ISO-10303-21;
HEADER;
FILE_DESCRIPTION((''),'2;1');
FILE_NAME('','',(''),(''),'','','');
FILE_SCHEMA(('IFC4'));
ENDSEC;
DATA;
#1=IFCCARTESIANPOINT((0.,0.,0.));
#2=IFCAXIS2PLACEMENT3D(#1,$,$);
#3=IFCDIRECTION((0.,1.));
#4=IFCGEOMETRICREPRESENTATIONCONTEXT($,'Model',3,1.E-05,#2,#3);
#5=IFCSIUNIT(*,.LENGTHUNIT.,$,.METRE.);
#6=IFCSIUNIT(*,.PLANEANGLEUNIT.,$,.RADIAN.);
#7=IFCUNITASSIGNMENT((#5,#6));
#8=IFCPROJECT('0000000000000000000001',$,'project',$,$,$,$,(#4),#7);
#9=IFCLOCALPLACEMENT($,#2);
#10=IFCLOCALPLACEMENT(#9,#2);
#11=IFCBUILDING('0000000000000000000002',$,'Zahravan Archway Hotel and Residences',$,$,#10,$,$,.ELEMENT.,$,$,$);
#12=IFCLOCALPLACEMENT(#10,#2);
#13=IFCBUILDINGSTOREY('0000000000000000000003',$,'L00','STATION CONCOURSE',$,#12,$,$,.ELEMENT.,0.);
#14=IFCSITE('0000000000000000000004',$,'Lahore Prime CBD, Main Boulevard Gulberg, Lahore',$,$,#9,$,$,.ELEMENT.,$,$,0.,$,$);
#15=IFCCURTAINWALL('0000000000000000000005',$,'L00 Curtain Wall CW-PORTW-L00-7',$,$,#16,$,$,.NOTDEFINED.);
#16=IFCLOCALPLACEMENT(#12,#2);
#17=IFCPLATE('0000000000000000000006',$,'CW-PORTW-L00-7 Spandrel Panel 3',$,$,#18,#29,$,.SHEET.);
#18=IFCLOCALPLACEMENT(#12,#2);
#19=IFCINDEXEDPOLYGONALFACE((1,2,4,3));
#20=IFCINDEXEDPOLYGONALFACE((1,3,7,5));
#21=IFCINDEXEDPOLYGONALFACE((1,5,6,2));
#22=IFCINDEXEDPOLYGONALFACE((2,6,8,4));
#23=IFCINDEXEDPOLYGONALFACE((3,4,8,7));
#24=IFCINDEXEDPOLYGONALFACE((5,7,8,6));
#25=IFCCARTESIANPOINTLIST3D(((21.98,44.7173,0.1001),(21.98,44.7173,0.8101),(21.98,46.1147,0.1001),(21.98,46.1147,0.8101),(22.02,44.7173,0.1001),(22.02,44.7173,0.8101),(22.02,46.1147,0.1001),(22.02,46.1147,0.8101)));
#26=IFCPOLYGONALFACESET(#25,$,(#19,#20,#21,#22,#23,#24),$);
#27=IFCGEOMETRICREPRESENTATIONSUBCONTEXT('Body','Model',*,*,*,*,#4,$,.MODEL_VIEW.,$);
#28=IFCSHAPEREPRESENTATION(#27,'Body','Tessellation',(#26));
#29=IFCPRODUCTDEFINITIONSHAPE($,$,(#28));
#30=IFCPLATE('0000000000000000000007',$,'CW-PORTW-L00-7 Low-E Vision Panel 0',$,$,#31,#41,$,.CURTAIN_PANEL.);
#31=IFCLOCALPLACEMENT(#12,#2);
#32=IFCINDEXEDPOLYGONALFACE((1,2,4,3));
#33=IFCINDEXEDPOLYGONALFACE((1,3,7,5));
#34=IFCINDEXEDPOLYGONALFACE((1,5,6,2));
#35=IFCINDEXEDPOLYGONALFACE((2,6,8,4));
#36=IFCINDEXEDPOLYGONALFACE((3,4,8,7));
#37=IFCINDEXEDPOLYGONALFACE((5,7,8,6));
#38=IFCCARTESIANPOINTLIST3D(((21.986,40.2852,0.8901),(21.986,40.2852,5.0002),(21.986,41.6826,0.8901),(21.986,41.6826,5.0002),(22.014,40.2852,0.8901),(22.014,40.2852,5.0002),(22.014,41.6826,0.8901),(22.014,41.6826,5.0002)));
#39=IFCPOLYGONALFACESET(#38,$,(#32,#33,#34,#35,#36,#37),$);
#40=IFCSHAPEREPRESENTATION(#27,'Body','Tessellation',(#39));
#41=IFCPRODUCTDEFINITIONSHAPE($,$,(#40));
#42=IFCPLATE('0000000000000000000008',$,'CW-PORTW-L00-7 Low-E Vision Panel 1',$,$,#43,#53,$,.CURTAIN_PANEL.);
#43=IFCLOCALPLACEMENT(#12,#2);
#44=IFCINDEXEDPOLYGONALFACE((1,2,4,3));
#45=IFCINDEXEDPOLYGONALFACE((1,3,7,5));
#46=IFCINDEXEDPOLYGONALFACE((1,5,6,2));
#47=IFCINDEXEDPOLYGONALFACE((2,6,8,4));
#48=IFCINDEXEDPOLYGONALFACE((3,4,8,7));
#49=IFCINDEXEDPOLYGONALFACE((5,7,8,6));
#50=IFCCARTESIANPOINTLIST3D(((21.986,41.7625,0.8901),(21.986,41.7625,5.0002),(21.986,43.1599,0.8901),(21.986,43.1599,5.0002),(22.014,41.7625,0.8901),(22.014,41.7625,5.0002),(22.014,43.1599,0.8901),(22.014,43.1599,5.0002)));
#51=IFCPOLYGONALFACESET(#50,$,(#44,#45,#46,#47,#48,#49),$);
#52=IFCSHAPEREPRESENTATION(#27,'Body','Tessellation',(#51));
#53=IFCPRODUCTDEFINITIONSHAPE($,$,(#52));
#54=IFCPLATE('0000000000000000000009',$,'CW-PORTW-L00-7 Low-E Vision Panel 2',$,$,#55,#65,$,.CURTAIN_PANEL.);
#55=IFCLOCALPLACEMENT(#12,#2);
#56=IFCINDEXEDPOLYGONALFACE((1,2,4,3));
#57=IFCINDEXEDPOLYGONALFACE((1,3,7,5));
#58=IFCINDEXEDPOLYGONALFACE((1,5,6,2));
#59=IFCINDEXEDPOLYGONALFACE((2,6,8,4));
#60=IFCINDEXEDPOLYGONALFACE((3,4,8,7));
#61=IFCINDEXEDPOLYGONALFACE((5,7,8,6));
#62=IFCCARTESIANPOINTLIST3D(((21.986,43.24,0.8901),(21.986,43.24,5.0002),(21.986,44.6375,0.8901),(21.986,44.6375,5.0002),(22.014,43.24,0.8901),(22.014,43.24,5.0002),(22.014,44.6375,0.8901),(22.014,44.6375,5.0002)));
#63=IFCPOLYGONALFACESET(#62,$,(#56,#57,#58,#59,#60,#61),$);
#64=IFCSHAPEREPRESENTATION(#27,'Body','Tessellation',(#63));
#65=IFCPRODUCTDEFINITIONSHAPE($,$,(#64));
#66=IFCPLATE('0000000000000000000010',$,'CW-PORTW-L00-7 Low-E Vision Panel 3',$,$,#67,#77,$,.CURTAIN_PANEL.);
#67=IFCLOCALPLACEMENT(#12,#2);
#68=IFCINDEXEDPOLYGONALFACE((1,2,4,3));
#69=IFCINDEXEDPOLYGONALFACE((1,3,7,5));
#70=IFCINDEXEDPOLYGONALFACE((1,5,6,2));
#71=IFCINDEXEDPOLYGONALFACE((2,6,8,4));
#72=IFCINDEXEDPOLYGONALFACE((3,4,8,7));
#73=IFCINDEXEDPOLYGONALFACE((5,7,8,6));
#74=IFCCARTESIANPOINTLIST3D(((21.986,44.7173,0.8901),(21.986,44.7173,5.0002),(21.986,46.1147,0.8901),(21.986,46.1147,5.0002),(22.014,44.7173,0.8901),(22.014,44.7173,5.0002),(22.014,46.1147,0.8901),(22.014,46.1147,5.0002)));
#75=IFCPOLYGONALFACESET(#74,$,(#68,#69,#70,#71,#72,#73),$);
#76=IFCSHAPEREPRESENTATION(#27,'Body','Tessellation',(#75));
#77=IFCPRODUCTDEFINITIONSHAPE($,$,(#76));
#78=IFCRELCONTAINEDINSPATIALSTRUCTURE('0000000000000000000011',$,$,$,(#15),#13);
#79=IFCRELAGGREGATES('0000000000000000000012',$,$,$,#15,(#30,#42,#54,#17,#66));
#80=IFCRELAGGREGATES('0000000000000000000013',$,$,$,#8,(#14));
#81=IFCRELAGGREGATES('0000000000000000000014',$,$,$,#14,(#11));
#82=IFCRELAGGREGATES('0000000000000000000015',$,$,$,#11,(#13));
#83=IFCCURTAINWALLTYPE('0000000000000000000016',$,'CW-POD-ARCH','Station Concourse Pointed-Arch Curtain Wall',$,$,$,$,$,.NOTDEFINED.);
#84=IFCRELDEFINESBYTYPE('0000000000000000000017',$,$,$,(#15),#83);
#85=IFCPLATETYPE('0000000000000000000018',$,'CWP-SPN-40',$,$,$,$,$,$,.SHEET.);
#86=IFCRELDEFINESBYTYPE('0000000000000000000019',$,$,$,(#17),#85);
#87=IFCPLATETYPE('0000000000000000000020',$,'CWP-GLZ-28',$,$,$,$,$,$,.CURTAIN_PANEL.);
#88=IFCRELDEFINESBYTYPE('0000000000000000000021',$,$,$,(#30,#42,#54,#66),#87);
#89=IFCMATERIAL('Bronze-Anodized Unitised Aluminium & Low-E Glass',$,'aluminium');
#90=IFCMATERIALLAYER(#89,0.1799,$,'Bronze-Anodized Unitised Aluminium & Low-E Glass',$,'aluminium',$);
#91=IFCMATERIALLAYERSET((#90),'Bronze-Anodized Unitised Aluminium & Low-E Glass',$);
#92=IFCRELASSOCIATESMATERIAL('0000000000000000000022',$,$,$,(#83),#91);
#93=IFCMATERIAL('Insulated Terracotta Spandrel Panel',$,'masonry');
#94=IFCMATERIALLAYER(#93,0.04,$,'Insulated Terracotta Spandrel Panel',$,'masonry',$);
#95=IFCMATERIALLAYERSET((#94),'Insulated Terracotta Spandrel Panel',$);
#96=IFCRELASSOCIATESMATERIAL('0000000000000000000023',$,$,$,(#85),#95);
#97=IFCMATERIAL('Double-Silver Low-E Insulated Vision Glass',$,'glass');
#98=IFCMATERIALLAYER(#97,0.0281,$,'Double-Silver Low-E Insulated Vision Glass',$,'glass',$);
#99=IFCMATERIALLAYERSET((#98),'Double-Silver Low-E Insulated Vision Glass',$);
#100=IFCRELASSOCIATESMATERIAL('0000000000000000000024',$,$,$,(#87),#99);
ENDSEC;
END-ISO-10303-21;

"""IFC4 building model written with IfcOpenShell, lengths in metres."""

from ifc_helpers import new_model, si_unit, direction, frame, origin, origin_2d, place, context, subcontext, project, spatial, rectangle, extrude, source, transform, mapped, material, layer, layer_set, type_object, element, aggregate, save


model = new_model("IFC4")

# Units and contexts
model_context = context("Model", 3, precision=1e-05, world=origin(), true_north=direction((0.0, 1.0)))
body_context = subcontext(model_context, "Body", "Model", "MODEL_VIEW")
ifc_project = project(units=[si_unit("LENGTHUNIT", "METRE"), si_unit("PLANEANGLEUNIT", "RADIAN")], contexts=[model_context])

# Site, building, storey
site_placement = place(None, origin())
site = spatial("IfcSite", under=ifc_project, at=site_placement, Name="Lahore Prime CBD, Main Boulevard Gulberg, Lahore", CompositionType="ELEMENT", RefElevation=0.0)
building_placement = place(site_placement, origin())
building = spatial("IfcBuilding", under=site, at=building_placement, Name="Zahravan Archway Hotel and Residences", CompositionType="ELEMENT")
storey_placement = place(building_placement, origin())
storey = spatial("IfcBuildingStorey", under=building, at=storey_placement, Name="L00", Description="STATION CONCOURSE", CompositionType="ELEMENT", Elevation=0.0)

# Curtain wall, plates
ifc_material_1 = material(Name="Bronze-Anodized Unitised Aluminium & Low-E Glass", Category="aluminium")
ifc_layer_1 = layer(ifc_material_1, 0.1799, Name="Bronze-Anodized Unitised Aluminium & Low-E Glass", Category="aluminium")
ifc_layer_set_1 = layer_set([ifc_layer_1], Name="Bronze-Anodized Unitised Aluminium & Low-E Glass")
curtain_wall_type = type_object("IfcCurtainWallType", Name="CW-POD-ARCH", Description="Station Concourse Pointed-Arch Curtain Wall", PredefinedType="NOTDEFINED", material=ifc_layer_set_1)
curtain_wall_placement = place(storey_placement, origin())
curtain_wall = element("IfcCurtainWall", 1, at=curtain_wall_placement, inside=storey, type_object=curtain_wall_type, Name="L00 Curtain Wall CW-PORTW-L00-7", PredefinedType="NOTDEFINED")
ifc_material_2 = material(Name="Insulated Terracotta Spandrel Panel", Category="masonry")
ifc_layer_2 = layer(ifc_material_2, 0.04, Name="Insulated Terracotta Spandrel Panel", Category="masonry")
ifc_layer_set_2 = layer_set([ifc_layer_2], Name="Insulated Terracotta Spandrel Panel")
plate_type_1 = type_object("IfcPlateType", Name="CWP-SPN-40", PredefinedType="SHEET", material=ifc_layer_set_2)
shared_shape_1 = source(origin(), body_context, "Body", "SweptSolid", [
    extrude(rectangle(XDim=1.3975, YDim=0.04, at=origin_2d()), origin(), (0.0, 0.0, 1.0), 0.71),
])
plate_1_placement = place(storey_placement, frame((22.0, 45.416, 0.1001), z_axis=(0.0, 0.0, 1.0), x_axis=(0.0, 1.0, 0.0)))
plate_1 = element("IfcPlate", 2, at=plate_1_placement, type_object=plate_type_1, Name="CW-PORTW-L00-7 Spandrel Panel 3", PredefinedType="SHEET", context=body_context, shape_type="MappedRepresentation", body=[
    mapped(shared_shape_1, transform((0.0, 0.0, 0.0), scale=1.0)),
])
ifc_material_3 = material(Name="Double-Silver Low-E Insulated Vision Glass", Category="glass")
ifc_layer_3 = layer(ifc_material_3, 0.0281, Name="Double-Silver Low-E Insulated Vision Glass", Category="glass")
ifc_layer_set_3 = layer_set([ifc_layer_3], Name="Double-Silver Low-E Insulated Vision Glass")
plate_type_2 = type_object("IfcPlateType", Name="CWP-GLZ-28", PredefinedType="CURTAIN_PANEL", material=ifc_layer_set_3)
shared_shape_2 = source(origin(), body_context, "Body", "SweptSolid", [
    extrude(rectangle(XDim=1.3975, YDim=0.0281, at=origin_2d()), origin(), (0.0, 0.0, 1.0), 4.1101),
])
plate_2_placement = place(storey_placement, frame((22.0, 40.9839, 0.8901), z_axis=(0.0, 0.0, 1.0), x_axis=(0.0, 1.0, 0.0)))
plate_2 = element("IfcPlate", 3, at=plate_2_placement, type_object=plate_type_2, Name="CW-PORTW-L00-7 Low-E Vision Panel 0", PredefinedType="CURTAIN_PANEL", context=body_context, shape_type="MappedRepresentation", body=[
    mapped(shared_shape_2, transform((0.0, 0.0, 0.0), scale=1.0)),
])
plate_3_placement = place(storey_placement, frame((22.0, 42.4612, 0.8901), z_axis=(0.0, 0.0, 1.0), x_axis=(0.0, 1.0, 0.0)))
plate_3 = element("IfcPlate", 4, at=plate_3_placement, type_object=plate_type_2, Name="CW-PORTW-L00-7 Low-E Vision Panel 1", PredefinedType="CURTAIN_PANEL", context=body_context, shape_type="MappedRepresentation", body=[
    mapped(shared_shape_2, transform((0.0, 0.0, 0.0), scale=1.0)),
])
plate_4_placement = place(storey_placement, frame((22.0, 43.9387, 0.8901), z_axis=(0.0, 0.0, 1.0), x_axis=(0.0, 1.0, 0.0)))
plate_4 = element("IfcPlate", 5, at=plate_4_placement, type_object=plate_type_2, Name="CW-PORTW-L00-7 Low-E Vision Panel 2", PredefinedType="CURTAIN_PANEL", context=body_context, shape_type="MappedRepresentation", body=[
    mapped(shared_shape_2, transform((0.0, 0.0, 0.0), scale=1.0)),
])
plate_5_placement = place(storey_placement, frame((22.0, 45.416, 0.8901), z_axis=(0.0, 0.0, 1.0), x_axis=(0.0, 1.0, 0.0)))
plate_5 = element("IfcPlate", 6, at=plate_5_placement, type_object=plate_type_2, Name="CW-PORTW-L00-7 Low-E Vision Panel 3", PredefinedType="CURTAIN_PANEL", context=body_context, shape_type="MappedRepresentation", body=[
    mapped(shared_shape_2, transform((0.0, 0.0, 0.0), scale=1.0)),
])
aggregate(curtain_wall, [plate_2, plate_3, plate_4, plate_1, plate_5])

save(model, "model.ifc")
